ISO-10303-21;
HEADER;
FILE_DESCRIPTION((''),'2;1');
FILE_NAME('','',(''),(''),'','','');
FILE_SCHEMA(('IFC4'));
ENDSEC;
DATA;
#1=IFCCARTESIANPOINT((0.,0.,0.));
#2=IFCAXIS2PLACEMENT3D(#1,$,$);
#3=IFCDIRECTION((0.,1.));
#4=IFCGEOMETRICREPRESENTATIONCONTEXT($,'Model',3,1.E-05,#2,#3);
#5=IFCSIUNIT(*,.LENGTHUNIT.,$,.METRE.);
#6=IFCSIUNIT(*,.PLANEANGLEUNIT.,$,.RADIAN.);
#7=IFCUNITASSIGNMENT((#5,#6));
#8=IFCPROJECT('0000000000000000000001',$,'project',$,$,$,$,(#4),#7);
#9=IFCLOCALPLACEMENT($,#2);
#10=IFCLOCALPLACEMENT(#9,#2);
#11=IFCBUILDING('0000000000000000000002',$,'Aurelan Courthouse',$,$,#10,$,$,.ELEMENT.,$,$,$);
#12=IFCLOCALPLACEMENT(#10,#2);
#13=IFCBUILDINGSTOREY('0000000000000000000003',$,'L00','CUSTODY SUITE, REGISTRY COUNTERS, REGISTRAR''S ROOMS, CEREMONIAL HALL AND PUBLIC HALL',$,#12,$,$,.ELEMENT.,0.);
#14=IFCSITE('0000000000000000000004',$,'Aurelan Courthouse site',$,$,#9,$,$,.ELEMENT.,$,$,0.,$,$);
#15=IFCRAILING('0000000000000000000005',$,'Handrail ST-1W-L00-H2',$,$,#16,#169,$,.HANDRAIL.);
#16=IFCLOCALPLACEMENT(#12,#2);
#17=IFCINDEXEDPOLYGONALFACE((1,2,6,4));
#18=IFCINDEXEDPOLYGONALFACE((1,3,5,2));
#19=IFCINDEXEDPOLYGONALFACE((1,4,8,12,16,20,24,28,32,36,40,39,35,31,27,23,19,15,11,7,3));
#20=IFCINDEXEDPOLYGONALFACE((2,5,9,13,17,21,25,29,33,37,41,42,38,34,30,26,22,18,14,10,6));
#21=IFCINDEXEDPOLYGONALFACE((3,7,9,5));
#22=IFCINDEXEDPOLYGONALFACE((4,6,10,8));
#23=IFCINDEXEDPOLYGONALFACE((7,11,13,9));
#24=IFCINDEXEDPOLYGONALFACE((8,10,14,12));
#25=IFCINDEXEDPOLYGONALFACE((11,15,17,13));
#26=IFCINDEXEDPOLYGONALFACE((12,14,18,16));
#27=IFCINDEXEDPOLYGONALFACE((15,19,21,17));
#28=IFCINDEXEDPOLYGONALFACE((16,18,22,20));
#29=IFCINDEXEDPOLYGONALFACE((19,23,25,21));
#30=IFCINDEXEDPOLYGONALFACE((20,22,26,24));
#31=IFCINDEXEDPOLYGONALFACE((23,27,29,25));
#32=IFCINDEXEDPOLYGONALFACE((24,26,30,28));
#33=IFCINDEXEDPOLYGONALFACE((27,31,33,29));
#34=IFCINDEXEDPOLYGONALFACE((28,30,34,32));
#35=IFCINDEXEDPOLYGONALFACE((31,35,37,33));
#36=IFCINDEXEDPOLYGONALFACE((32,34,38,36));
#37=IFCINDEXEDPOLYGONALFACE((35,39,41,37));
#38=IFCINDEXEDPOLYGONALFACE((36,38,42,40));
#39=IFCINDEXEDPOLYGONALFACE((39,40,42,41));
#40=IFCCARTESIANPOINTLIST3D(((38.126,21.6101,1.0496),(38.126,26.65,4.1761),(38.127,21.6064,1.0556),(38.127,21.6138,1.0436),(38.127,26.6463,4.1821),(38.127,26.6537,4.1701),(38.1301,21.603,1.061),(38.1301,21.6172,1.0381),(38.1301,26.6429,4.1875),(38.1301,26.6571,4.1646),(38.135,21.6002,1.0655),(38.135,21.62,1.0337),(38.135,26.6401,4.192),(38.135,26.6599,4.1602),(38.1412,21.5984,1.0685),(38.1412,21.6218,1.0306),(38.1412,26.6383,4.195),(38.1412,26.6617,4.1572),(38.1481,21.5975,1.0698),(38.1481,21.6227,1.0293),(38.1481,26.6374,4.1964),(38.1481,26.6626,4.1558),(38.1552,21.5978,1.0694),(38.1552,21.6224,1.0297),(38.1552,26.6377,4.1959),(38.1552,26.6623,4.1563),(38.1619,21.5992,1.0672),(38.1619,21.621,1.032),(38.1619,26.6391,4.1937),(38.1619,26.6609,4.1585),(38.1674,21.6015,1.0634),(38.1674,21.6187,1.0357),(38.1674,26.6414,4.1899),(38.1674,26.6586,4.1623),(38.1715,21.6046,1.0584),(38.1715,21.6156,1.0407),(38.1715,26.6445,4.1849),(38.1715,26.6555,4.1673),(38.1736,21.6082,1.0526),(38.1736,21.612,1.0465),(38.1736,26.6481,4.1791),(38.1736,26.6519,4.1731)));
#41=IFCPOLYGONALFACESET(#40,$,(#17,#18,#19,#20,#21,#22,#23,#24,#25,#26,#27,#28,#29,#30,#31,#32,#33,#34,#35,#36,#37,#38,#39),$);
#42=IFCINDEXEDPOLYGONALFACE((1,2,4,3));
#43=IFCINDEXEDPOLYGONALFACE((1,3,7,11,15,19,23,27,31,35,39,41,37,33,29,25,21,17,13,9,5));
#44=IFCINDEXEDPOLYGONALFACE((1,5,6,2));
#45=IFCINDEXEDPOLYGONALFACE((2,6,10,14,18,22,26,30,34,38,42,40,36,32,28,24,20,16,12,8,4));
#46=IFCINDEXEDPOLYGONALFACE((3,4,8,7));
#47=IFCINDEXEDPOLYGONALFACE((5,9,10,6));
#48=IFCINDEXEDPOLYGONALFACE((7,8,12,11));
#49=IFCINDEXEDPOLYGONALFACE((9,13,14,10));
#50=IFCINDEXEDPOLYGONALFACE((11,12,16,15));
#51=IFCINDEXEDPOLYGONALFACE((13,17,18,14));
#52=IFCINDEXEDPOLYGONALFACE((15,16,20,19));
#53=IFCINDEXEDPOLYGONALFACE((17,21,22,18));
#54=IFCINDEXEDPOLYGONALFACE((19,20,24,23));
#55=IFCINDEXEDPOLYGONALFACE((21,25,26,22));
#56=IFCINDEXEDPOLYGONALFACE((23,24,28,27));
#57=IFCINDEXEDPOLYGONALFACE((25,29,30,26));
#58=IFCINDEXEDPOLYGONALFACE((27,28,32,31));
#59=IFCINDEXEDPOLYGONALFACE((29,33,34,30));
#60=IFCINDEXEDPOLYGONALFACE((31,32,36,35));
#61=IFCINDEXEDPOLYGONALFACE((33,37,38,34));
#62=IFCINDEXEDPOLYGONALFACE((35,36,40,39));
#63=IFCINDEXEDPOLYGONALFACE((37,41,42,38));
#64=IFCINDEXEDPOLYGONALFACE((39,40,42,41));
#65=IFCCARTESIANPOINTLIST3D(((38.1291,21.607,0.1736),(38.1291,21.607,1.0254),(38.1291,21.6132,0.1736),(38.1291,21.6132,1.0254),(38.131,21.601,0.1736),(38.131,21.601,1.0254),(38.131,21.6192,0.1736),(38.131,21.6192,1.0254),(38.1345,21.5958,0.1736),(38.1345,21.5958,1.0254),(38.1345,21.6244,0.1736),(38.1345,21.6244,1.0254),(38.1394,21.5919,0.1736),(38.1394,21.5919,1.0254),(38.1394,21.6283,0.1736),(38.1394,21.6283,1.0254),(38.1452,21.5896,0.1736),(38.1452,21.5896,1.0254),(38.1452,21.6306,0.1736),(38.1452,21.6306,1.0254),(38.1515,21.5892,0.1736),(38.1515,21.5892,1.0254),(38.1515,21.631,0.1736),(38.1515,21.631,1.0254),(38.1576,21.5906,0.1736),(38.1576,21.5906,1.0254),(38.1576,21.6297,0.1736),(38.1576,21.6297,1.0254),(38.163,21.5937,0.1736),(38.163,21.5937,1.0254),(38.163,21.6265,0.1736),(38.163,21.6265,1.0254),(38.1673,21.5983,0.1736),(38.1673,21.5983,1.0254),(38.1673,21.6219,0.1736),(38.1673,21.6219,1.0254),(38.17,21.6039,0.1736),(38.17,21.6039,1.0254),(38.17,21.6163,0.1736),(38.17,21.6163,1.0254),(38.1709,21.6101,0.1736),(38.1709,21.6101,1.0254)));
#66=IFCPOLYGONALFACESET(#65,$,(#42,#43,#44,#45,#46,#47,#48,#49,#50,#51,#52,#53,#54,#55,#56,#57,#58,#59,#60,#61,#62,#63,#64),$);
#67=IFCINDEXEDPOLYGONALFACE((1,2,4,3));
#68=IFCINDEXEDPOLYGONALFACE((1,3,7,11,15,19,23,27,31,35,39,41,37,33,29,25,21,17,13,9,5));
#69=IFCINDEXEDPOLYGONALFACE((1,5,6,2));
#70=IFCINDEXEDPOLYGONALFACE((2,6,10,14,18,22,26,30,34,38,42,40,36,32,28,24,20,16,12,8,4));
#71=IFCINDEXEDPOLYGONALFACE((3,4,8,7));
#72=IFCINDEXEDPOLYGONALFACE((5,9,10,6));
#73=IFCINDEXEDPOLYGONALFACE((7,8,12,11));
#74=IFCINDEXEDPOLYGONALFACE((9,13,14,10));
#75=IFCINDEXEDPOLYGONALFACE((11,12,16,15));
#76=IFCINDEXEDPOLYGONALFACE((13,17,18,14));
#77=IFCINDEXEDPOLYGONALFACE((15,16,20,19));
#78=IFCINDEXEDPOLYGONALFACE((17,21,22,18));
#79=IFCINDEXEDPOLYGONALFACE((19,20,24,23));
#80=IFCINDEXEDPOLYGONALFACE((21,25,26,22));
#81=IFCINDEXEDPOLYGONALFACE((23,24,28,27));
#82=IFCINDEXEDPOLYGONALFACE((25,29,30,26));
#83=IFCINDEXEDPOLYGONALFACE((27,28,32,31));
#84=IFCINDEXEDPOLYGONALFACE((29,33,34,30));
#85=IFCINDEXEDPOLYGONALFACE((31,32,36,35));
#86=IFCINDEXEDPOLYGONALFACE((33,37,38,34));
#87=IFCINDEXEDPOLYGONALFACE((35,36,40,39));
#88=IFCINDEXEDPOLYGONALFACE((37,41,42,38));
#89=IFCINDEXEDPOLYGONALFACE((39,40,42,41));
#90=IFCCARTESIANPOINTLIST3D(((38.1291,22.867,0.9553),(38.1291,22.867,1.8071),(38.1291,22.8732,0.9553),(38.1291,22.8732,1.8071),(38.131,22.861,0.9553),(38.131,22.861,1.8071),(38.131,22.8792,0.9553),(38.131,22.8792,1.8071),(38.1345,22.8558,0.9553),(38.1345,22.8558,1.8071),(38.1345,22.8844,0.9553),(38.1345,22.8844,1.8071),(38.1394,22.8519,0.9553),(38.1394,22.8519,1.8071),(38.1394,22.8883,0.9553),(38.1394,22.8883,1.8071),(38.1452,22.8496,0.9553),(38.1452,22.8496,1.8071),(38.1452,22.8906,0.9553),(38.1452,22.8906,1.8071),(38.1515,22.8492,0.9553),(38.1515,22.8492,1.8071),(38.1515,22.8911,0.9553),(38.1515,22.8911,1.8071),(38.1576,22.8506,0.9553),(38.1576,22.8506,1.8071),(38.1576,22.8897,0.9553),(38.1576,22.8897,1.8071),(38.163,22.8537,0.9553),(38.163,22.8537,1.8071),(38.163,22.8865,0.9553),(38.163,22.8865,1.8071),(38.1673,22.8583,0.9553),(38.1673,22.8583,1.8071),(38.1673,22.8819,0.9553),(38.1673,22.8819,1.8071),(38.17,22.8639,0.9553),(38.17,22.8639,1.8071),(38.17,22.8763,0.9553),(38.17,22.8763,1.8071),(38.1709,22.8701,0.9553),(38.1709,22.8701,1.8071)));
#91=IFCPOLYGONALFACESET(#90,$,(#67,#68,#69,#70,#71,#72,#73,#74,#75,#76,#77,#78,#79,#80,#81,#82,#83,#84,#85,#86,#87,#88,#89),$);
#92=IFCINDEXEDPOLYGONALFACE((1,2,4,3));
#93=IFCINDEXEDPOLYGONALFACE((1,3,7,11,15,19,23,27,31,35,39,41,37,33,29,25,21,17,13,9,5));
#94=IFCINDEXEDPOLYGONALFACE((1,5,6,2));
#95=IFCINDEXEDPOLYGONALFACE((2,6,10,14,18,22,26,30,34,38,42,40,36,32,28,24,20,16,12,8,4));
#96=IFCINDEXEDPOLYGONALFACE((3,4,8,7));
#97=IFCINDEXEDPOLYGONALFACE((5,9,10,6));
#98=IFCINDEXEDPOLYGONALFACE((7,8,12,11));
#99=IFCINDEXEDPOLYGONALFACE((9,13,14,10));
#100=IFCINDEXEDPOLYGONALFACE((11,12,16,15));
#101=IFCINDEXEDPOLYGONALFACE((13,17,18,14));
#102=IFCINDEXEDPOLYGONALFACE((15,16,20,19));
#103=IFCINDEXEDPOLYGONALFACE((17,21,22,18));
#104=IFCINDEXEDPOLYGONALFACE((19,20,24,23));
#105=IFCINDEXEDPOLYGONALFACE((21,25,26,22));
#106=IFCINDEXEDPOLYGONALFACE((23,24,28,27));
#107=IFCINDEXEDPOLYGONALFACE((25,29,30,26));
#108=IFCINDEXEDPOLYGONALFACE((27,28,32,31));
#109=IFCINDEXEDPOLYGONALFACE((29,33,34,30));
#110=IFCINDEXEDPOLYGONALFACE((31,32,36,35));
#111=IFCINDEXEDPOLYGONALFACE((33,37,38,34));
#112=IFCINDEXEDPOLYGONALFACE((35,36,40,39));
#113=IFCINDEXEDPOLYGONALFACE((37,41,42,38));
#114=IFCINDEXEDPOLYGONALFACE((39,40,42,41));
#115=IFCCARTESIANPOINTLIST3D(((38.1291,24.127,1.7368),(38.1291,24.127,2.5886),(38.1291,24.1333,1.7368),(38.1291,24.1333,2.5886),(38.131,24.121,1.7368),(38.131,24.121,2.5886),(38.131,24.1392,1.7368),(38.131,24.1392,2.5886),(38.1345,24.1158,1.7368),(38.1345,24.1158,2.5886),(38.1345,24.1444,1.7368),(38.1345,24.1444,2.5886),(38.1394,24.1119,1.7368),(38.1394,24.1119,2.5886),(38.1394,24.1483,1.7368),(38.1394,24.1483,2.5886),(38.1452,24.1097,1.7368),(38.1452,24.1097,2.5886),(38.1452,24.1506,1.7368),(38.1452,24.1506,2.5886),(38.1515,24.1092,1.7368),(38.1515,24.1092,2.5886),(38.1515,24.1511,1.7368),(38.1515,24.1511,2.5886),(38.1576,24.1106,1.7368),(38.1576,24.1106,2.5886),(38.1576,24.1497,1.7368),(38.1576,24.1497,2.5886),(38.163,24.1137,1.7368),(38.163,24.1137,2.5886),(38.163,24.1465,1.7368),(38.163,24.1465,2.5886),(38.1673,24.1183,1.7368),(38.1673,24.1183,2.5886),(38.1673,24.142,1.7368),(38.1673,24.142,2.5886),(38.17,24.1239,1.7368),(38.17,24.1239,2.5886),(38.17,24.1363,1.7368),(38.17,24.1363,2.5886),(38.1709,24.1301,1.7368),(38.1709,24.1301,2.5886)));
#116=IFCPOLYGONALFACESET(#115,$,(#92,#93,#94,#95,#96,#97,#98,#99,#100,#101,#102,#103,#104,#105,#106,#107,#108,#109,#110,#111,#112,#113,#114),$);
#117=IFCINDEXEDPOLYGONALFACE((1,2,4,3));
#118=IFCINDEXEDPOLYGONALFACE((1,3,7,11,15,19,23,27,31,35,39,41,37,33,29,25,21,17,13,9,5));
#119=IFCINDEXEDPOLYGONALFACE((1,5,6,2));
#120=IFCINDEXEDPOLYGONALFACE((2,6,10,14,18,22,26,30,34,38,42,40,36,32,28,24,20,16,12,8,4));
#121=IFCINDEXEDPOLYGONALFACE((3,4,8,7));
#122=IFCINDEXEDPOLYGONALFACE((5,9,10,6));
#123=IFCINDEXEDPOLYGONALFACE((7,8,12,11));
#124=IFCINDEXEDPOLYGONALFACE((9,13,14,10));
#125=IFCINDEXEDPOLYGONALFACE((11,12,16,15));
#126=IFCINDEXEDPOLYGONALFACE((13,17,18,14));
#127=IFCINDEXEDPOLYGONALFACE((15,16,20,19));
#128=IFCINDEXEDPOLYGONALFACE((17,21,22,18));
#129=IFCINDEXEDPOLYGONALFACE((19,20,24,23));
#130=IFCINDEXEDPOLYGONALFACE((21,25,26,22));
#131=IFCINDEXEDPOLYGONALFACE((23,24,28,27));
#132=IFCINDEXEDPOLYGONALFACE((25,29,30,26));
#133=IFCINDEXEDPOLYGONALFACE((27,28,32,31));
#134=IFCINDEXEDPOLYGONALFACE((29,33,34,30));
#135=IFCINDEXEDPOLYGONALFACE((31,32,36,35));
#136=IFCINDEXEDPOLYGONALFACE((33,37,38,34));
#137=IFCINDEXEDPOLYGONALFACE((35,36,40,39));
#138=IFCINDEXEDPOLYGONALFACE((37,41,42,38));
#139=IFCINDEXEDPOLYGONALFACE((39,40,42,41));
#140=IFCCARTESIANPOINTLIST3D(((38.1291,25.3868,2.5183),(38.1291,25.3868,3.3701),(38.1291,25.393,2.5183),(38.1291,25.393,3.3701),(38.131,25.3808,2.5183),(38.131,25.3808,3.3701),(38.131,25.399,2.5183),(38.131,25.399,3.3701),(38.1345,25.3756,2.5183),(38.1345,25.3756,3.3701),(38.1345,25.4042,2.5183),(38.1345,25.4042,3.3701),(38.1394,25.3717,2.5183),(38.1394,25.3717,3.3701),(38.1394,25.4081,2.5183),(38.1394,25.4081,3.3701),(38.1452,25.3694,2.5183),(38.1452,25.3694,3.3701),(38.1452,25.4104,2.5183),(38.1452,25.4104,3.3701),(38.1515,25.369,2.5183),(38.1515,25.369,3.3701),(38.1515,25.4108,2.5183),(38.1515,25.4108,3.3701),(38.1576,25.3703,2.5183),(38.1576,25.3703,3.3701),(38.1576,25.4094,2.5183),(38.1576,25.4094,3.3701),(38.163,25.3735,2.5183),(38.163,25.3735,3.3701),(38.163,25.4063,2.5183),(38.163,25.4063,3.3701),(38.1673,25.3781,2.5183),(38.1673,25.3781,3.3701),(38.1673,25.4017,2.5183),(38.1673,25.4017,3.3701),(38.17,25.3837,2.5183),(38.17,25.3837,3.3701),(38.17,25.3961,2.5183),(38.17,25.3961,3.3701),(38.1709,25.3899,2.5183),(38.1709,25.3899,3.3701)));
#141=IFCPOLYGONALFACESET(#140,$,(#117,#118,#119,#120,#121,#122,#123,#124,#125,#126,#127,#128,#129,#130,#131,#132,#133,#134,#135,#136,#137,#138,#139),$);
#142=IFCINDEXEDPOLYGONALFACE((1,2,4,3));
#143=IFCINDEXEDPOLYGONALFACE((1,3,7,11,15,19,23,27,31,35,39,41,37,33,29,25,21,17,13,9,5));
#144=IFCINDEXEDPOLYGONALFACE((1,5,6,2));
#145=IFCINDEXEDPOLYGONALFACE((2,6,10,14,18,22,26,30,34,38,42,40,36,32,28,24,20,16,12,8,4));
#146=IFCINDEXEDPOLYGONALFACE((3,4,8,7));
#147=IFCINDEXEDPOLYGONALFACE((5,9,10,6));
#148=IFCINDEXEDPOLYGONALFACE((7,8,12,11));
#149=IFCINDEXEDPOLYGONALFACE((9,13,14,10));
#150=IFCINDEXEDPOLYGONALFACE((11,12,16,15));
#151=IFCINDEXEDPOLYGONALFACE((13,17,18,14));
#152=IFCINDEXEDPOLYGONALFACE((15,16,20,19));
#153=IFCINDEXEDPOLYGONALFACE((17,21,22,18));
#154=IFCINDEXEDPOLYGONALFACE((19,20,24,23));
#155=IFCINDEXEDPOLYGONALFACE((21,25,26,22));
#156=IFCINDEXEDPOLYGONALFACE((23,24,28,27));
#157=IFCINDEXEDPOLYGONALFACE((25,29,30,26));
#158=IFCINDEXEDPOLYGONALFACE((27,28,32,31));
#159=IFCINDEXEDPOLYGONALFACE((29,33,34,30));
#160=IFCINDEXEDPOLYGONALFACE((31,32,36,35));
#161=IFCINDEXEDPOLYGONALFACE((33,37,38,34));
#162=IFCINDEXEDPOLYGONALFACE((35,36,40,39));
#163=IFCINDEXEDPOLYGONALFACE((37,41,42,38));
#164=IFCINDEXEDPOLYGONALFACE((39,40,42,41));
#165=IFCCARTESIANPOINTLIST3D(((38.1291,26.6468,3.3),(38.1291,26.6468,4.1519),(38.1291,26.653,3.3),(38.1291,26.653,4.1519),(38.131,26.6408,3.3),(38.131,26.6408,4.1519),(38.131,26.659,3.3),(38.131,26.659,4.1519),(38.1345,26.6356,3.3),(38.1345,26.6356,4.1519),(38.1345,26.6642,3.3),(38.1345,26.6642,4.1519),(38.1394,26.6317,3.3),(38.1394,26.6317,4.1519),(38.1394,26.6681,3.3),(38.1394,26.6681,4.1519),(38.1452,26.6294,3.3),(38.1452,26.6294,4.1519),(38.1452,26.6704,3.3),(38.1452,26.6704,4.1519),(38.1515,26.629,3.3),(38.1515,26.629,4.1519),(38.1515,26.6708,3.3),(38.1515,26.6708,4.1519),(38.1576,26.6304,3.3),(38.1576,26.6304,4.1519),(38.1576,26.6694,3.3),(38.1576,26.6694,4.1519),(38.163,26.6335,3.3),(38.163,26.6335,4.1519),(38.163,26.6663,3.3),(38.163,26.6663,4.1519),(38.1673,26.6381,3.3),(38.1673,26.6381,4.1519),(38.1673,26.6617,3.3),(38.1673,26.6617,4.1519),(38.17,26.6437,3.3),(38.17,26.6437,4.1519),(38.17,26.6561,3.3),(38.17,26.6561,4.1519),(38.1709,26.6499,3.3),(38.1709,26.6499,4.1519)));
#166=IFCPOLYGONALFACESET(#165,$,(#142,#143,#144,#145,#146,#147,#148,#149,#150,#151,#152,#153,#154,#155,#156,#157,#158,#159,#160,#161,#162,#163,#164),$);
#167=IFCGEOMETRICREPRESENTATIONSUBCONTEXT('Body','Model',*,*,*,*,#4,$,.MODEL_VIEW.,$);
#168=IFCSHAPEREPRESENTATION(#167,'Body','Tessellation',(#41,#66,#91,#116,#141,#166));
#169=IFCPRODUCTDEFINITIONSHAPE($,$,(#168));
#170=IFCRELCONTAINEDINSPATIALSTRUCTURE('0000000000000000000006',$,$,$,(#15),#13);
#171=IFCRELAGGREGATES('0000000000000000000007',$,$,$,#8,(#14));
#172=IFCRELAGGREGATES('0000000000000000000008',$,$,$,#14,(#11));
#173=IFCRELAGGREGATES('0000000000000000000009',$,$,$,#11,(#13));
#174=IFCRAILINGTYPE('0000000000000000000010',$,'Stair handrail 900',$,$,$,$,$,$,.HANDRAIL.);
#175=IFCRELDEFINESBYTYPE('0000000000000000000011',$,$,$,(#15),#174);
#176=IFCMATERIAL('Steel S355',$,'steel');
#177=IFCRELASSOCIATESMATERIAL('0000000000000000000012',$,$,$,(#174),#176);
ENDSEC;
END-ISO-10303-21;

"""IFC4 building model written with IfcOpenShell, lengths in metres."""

from ifc_helpers import new_model, si_unit, direction, frame, origin, origin_2d, place, context, subcontext, project, spatial, circle, extrude, material, type_object, element, save


model = new_model("IFC4")

# Units and contexts
model_context = context("Model", 3, precision=1e-05, world=origin(), true_north=direction((0.0, 1.0)))
body_context = subcontext(model_context, "Body", "Model", "MODEL_VIEW")
ifc_project = project(units=[si_unit("LENGTHUNIT", "METRE"), si_unit("PLANEANGLEUNIT", "RADIAN")], contexts=[model_context])

# Site, building, storey
site_placement = place(None, origin())
site = spatial("IfcSite", under=ifc_project, at=site_placement, Name="Aurelan Courthouse site", CompositionType="ELEMENT", RefElevation=0.0)
building_placement = place(site_placement, origin())
building = spatial("IfcBuilding", under=site, at=building_placement, Name="Aurelan Courthouse", CompositionType="ELEMENT")
storey_placement = place(building_placement, origin())
storey = spatial("IfcBuildingStorey", under=building, at=storey_placement, Name="L00", Description="CUSTODY SUITE, REGISTRY COUNTERS, REGISTRAR'S ROOMS, CEREMONIAL HALL AND PUBLIC HALL", CompositionType="ELEMENT", Elevation=0.0)

# Railing
ifc_material_1 = material(Name="Steel S355", Category="steel")
railing_type_1 = type_object("IfcRailingType", Name="Stair handrail 900", PredefinedType="HANDRAIL", material=ifc_material_1)
for number, where, name in (
    (1, (38.1499, 21.6101, 0.1736), "Handrail ST-1W-L00-H2"),
):
    element("IfcRailing", number, at=place(storey_placement, frame(where)), inside=storey, type_object=railing_type_1, Name=name, PredefinedType="HANDRAIL", context=body_context, shape_type="SweptSolid", body=[
        extrude(circle(Radius=0.0239, at=origin_2d()), frame((0.0, 0.0, 0.876), z_axis=(0.0, 0.849767, 0.527158), x_axis=(-1.0, 0.0, 0.0)), (0.0, 0.0, 1.0), 5.9309),
        extrude(circle(Radius=0.021, at=origin_2d()), origin(), (0.0, 0.0, 1.0), 0.8518),
        extrude(circle(Radius=0.021, at=origin_2d()), frame((0.0, 1.26, 0.7817)), (0.0, 0.0, 1.0), 0.8518),
        extrude(circle(Radius=0.021, at=origin_2d()), frame((0.0, 2.52, 1.5632)), (0.0, 0.0, 1.0), 0.8518),
        extrude(circle(Radius=0.021, at=origin_2d()), frame((0.0, 3.7798, 2.3447)), (0.0, 0.0, 1.0), 0.8518),
        extrude(circle(Radius=0.021, at=origin_2d()), frame((0.0, 5.0398, 3.1265)), (0.0, 0.0, 1.0), 0.8518),
    ])

save(model, "model.ifc")
